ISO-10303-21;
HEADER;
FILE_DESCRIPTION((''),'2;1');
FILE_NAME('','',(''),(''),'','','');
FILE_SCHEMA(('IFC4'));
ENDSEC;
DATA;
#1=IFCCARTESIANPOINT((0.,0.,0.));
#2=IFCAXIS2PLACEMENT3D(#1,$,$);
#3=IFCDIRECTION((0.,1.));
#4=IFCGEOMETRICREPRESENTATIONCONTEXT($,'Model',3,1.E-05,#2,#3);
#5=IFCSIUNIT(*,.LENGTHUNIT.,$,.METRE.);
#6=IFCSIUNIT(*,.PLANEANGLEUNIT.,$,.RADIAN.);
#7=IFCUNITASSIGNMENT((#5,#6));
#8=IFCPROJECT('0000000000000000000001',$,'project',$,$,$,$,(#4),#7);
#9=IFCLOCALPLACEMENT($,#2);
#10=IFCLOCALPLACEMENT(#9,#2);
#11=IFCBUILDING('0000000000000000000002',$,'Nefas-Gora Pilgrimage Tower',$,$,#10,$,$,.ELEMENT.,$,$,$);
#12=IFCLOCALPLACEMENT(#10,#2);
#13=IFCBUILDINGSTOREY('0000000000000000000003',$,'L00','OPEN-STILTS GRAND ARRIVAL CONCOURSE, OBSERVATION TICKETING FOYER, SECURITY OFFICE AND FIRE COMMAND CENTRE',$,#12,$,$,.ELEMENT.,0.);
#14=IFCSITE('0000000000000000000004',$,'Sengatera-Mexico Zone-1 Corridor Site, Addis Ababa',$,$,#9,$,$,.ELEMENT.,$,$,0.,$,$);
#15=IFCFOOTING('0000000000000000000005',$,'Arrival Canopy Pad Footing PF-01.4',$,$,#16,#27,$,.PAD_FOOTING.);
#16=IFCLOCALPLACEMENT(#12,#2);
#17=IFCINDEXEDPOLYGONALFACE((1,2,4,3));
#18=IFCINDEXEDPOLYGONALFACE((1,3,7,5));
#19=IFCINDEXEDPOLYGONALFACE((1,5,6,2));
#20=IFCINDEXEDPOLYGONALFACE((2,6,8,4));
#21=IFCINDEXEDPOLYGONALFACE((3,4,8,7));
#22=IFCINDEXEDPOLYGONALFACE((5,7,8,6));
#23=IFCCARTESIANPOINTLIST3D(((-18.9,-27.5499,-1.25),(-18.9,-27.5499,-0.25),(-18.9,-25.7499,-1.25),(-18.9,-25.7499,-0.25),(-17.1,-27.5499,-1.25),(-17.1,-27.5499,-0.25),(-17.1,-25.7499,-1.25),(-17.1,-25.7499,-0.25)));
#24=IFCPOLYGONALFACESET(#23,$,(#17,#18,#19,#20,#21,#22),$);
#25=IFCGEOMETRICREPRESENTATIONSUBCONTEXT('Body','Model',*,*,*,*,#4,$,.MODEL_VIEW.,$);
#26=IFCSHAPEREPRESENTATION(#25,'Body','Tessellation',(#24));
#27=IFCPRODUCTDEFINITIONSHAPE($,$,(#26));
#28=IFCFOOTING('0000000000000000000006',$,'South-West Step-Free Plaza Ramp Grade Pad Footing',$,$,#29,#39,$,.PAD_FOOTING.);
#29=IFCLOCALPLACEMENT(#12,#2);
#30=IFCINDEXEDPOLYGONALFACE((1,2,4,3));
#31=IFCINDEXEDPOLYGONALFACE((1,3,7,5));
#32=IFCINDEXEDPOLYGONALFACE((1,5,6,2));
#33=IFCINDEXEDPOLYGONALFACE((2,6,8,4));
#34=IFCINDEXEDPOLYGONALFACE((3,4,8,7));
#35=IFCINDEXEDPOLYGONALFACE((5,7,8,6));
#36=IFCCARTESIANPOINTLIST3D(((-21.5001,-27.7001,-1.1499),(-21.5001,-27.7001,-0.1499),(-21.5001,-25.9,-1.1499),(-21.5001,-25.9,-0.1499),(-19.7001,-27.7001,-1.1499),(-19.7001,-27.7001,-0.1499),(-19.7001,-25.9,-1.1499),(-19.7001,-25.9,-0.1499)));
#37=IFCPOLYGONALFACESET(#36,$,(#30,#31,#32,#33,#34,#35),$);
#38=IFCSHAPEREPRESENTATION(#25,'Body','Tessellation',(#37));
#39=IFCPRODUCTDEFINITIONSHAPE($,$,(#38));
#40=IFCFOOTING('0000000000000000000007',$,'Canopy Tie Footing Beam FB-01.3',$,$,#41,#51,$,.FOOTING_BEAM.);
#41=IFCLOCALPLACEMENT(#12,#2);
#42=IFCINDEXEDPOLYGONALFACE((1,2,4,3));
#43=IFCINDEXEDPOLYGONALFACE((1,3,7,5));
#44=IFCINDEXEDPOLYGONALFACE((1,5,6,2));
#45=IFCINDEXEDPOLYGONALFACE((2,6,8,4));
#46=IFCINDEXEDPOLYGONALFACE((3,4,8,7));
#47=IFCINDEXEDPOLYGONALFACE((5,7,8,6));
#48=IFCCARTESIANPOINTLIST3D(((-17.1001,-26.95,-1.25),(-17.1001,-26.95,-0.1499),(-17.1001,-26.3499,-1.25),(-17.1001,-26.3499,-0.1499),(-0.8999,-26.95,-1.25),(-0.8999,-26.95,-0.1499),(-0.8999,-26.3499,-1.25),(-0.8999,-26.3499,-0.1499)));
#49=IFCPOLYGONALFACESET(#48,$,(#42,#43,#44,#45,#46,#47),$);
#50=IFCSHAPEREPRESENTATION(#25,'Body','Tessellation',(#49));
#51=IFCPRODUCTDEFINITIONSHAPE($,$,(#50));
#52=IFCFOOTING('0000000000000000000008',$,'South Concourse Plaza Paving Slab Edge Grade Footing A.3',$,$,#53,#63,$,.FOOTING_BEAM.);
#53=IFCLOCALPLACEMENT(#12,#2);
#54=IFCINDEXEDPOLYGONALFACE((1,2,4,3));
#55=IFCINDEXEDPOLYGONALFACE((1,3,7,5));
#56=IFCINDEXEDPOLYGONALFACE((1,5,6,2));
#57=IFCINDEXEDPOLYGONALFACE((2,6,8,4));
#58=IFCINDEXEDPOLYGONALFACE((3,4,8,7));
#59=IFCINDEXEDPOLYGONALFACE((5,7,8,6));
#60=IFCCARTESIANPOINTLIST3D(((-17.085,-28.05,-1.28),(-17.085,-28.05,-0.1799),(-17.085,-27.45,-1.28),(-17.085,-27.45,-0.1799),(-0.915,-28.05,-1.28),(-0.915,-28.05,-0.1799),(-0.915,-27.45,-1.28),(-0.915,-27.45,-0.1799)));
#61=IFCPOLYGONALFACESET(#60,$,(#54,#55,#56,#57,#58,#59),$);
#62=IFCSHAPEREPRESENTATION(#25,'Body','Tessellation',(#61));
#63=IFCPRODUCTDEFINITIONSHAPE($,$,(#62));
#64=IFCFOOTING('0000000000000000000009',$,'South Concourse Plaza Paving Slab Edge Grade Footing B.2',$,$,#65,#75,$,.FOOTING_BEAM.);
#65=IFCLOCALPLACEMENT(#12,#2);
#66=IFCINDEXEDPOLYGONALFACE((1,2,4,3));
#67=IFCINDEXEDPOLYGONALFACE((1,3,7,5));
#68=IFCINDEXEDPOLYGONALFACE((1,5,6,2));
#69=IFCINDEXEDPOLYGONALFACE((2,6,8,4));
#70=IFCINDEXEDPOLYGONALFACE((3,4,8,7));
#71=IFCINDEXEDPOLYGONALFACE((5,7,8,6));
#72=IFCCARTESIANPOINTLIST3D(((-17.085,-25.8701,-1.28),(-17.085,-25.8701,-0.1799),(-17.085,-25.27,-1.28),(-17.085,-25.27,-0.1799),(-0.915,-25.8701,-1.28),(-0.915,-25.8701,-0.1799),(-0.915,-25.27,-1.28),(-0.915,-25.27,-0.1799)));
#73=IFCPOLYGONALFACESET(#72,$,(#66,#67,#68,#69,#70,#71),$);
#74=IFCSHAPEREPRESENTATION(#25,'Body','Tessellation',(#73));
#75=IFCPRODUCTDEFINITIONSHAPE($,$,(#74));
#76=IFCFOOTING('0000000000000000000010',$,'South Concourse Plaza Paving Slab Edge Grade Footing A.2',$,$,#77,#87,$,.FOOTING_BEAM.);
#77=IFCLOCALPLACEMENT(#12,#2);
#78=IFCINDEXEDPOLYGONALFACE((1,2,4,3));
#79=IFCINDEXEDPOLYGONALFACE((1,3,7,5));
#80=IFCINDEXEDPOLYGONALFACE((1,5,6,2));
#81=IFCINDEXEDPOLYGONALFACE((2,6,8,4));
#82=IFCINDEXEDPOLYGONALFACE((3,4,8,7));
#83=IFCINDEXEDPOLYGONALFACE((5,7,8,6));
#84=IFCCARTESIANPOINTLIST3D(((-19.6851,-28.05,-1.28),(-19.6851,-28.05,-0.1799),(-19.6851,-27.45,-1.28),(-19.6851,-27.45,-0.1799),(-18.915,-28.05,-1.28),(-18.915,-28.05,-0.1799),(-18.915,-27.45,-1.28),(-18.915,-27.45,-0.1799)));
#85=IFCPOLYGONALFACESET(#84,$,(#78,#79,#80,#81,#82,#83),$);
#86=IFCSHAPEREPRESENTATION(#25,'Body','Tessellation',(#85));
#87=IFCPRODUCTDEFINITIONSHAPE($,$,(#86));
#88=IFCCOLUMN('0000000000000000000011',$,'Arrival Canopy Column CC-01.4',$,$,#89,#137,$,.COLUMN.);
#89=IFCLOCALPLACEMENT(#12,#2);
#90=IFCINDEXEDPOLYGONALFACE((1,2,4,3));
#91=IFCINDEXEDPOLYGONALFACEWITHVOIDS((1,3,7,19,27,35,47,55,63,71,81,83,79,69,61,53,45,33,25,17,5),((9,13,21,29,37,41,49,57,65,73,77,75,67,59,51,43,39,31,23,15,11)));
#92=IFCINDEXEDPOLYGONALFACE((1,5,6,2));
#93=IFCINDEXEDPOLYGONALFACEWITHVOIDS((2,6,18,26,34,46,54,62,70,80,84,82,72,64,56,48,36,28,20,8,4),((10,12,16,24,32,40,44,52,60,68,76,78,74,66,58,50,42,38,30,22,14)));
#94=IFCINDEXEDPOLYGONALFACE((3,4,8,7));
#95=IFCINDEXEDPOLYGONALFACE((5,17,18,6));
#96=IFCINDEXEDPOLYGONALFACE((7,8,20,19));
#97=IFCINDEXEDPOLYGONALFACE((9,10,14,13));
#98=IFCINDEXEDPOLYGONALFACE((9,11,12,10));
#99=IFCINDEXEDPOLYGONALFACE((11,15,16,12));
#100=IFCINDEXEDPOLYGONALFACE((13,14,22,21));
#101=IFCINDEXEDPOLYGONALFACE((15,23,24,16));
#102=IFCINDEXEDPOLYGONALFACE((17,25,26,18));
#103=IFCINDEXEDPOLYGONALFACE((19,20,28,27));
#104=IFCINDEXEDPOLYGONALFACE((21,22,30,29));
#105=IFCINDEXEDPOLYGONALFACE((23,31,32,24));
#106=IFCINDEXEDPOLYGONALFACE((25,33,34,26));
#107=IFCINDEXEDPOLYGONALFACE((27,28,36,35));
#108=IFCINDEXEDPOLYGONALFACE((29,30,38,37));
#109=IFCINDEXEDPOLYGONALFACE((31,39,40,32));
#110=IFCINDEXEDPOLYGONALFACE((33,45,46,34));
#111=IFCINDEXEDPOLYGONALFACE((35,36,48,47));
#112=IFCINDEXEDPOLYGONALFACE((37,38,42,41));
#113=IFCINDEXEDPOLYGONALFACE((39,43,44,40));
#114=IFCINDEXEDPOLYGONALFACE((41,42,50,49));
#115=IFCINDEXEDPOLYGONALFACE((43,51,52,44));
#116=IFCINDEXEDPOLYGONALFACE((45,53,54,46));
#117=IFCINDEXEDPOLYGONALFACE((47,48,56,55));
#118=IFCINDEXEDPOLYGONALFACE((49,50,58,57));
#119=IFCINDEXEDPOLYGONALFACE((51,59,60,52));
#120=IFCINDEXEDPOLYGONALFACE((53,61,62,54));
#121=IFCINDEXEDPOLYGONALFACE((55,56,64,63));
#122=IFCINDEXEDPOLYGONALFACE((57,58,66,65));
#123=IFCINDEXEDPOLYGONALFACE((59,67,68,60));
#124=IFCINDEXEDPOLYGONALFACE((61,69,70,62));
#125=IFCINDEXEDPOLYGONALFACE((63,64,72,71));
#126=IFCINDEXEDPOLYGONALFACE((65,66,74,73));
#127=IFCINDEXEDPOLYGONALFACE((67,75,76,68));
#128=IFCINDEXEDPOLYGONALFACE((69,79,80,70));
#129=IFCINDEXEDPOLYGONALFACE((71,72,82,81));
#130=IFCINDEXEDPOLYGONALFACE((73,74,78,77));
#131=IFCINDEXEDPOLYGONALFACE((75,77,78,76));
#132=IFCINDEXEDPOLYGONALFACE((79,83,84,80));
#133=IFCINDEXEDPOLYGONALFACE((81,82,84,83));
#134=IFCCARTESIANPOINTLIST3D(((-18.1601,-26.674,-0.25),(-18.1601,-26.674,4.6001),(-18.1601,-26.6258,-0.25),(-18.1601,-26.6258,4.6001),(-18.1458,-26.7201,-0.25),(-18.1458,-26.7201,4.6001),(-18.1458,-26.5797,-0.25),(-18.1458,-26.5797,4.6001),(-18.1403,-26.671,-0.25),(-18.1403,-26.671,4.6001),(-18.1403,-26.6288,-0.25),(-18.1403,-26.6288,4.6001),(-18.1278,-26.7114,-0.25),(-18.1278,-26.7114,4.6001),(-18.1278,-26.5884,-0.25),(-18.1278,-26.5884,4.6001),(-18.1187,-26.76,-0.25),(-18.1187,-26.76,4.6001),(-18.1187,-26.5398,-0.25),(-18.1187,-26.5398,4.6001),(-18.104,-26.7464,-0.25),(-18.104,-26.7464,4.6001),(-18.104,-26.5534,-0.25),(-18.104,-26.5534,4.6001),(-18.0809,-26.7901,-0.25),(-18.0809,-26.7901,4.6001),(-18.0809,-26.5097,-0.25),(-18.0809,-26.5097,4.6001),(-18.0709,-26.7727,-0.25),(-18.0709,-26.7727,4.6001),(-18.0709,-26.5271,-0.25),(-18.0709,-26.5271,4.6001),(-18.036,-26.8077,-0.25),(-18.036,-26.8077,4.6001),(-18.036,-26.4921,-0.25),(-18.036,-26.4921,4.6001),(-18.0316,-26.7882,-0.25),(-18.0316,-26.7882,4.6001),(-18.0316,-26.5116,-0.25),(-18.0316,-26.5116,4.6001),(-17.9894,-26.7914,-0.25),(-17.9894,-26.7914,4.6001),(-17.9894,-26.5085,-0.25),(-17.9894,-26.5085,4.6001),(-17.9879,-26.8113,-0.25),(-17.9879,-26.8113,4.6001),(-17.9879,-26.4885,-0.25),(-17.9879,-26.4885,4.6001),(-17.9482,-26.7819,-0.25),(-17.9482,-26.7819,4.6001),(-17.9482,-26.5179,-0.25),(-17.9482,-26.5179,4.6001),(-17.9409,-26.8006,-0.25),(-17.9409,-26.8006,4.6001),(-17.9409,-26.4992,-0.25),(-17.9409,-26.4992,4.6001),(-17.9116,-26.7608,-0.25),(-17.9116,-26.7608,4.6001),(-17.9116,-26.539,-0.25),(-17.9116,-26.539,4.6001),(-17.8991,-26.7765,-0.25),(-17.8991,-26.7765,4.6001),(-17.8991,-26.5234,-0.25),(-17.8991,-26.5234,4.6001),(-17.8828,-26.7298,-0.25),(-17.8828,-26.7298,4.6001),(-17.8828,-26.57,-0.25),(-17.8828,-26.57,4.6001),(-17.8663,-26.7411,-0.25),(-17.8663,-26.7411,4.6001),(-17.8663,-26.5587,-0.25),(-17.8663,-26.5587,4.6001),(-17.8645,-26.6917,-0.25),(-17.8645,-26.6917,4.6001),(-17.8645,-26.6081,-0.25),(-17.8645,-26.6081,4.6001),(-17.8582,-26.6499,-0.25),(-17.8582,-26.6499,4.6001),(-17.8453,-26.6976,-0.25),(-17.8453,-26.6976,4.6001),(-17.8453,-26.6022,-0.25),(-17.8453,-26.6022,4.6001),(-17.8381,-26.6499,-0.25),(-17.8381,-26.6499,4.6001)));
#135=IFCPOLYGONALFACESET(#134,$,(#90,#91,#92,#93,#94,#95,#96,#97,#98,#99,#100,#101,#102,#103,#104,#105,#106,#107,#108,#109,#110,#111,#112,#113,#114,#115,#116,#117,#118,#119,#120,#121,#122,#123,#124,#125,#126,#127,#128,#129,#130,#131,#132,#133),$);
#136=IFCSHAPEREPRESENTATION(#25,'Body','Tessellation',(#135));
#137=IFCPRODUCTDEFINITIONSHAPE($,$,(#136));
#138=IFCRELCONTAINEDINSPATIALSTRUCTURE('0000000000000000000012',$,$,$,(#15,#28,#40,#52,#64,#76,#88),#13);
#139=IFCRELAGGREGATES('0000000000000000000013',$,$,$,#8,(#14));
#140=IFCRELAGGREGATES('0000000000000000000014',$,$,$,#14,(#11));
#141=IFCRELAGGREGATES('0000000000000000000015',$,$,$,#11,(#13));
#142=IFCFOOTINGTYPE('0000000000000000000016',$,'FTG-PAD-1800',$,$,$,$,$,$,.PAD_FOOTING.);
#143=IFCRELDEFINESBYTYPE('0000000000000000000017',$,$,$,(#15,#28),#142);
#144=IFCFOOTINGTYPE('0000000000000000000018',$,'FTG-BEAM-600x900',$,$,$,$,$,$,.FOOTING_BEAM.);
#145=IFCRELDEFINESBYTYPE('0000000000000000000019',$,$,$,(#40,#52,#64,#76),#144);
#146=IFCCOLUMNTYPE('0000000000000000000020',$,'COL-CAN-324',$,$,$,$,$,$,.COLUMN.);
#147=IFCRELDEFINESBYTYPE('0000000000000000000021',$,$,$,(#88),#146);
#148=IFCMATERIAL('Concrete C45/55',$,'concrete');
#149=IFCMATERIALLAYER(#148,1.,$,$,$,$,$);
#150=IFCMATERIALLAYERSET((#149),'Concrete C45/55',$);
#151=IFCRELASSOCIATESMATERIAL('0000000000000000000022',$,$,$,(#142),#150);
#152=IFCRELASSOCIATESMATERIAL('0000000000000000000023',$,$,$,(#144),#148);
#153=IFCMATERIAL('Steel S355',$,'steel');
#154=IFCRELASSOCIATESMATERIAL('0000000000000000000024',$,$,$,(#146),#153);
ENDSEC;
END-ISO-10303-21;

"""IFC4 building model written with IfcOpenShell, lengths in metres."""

from ifc_helpers import new_model, si_unit, direction, frame, origin, origin_2d, place, context, subcontext, project, spatial, rectangle, hollow_circle, extrude, source, transform, mapped, material, layer, layer_set, material_profile, profile_set, type_object, element, save


model = new_model("IFC4")

# Units and contexts
model_context = context("Model", 3, precision=1e-05, world=origin(), true_north=direction((0.0, 1.0)))
body_context = subcontext(model_context, "Body", "Model", "MODEL_VIEW")
ifc_project = project(units=[si_unit("LENGTHUNIT", "METRE"), si_unit("PLANEANGLEUNIT", "RADIAN")], contexts=[model_context])

# Site, building, storey
site_placement = place(None, origin())
site = spatial("IfcSite", under=ifc_project, at=site_placement, Name="Sengatera-Mexico Zone-1 Corridor Site, Addis Ababa", CompositionType="ELEMENT", RefElevation=0.0)
building_placement = place(site_placement, origin())
building = spatial("IfcBuilding", under=site, at=building_placement, Name="Nefas-Gora Pilgrimage Tower", CompositionType="ELEMENT")
storey_placement = place(building_placement, origin())
storey = spatial("IfcBuildingStorey", under=building, at=storey_placement, Name="L00", Description="OPEN-STILTS GRAND ARRIVAL CONCOURSE, OBSERVATION TICKETING FOYER, SECURITY OFFICE AND FIRE COMMAND CENTRE", CompositionType="ELEMENT", Elevation=0.0)

# Footings
ifc_material_1 = material(Name="Concrete C45/55", Category="concrete")
ifc_layer_1 = layer(ifc_material_1, 1.0)
ifc_layer_set_1 = layer_set([ifc_layer_1], Name="Concrete C45/55")
footing_type_1 = type_object("IfcFootingType", Name="FTG-PAD-1800", PredefinedType="PAD_FOOTING", material=ifc_layer_set_1)
shared_shape_1 = source(origin(), body_context, "Body", "SweptSolid", [
    extrude(rectangle(XDim=1.8, YDim=1.8, at=origin_2d()), origin(), (0.0, 0.0, 1.0), 1.0),
])
for number, where, z_axis, x_axis, name in (
    (1, (-18.0, -26.6499, -1.25), (0.0, 0.0, 1.0), (1.0, 0.0, 0.0), "Arrival Canopy Pad Footing PF-01.4"),
    (2, (-20.6001, -26.8, -1.1499), (0.0, 0.0, 1.0), (1.0, 0.0, 0.0), "South-West Step-Free Plaza Ramp Grade Pad Footing"),
):
    element("IfcFooting", number, at=place(storey_placement, frame(where, z_axis=z_axis, x_axis=x_axis)), inside=storey, type_object=footing_type_1, Name=name, PredefinedType="PAD_FOOTING", context=body_context, shape_type="MappedRepresentation", body=[
        mapped(shared_shape_1, transform((0.0, 0.0, 0.0), x_axis=(1.0, 0.0, 0.0), y_axis=(0.0, 1.0, 0.0), z_axis=(0.0, 0.0, 1.0), scale=1.0)),
    ])
ifc_material_profile_1 = material_profile(ifc_material_1, rectangle(XDim=0.6001, YDim=1.1001, at=origin_2d()), Name="RC 600x1100")
ifc_profile_set_1 = profile_set([ifc_material_profile_1], Name="Concrete C45/55")
footing_type_2 = type_object("IfcFootingType", Name="FTG-BEAM-600x900", PredefinedType="FOOTING_BEAM", material=ifc_profile_set_1)
shared_shape_2 = source(origin(), body_context, "Body", "SweptSolid", [
    extrude(rectangle(XDim=0.6001, YDim=1.1001, at=origin_2d()), origin(), (0.0, 0.0, 1.0), 16.2002),
])
footing_1_placement = place(storey_placement, frame((-17.1001, -26.6499, -0.7), z_axis=(1.0, 0.0, 0.0), x_axis=(0.0, 1.0, 0.0)))
element("IfcFooting", 3, at=footing_1_placement, inside=storey, type_object=footing_type_2, Name="Canopy Tie Footing Beam FB-01.3", PredefinedType="FOOTING_BEAM", context=body_context, shape_type="MappedRepresentation", body=[
    mapped(shared_shape_2, transform((0.0, 0.0, 0.0), x_axis=(1.0, 0.0, 0.0), y_axis=(0.0, 1.0, 0.0), z_axis=(0.0, 0.0, 1.0), scale=1.0)),
])
shared_shape_3 = source(origin(), body_context, "Body", "SweptSolid", [
    extrude(rectangle(XDim=0.6001, YDim=1.1001, at=origin_2d()), origin(), (0.0, 0.0, 1.0), 16.1699),
])
for number, where, z_axis, x_axis, name in (
    (4, (-17.085, -27.75, -0.73), (1.0, 0.0, 0.0), (0.0, 1.0, 0.0), "South Concourse Plaza Paving Slab Edge Grade Footing A.3"),
    (5, (-17.085, -25.5701, -0.73), (1.0, 0.0, 0.0), (0.0, 1.0, 0.0), "South Concourse Plaza Paving Slab Edge Grade Footing B.2"),
):
    element("IfcFooting", number, at=place(storey_placement, frame(where, z_axis=z_axis, x_axis=x_axis)), inside=storey, type_object=footing_type_2, Name=name, PredefinedType="FOOTING_BEAM", context=body_context, shape_type="MappedRepresentation", body=[
        mapped(shared_shape_3, transform((0.0, 0.0, 0.0), x_axis=(1.0, 0.0, 0.0), y_axis=(0.0, 1.0, 0.0), z_axis=(0.0, 0.0, 1.0), scale=1.0)),
    ])
shared_shape_4 = source(origin(), body_context, "Body", "SweptSolid", [
    extrude(rectangle(XDim=0.6001, YDim=1.1001, at=origin_2d()), origin(), (0.0, 0.0, 1.0), 0.77),
])
footing_2_placement = place(storey_placement, frame((-19.6851, -27.75, -0.73), z_axis=(1.0, 0.0, 0.0), x_axis=(0.0, 1.0, 0.0)))
element("IfcFooting", 6, at=footing_2_placement, inside=storey, type_object=footing_type_2, Name="South Concourse Plaza Paving Slab Edge Grade Footing A.2", PredefinedType="FOOTING_BEAM", context=body_context, shape_type="MappedRepresentation", body=[
    mapped(shared_shape_4, transform((0.0, 0.0, 0.0), x_axis=(1.0, 0.0, 0.0), y_axis=(0.0, 1.0, 0.0), z_axis=(0.0, 0.0, 1.0), scale=1.0)),
])

# Column
ifc_material_2 = material(Name="Steel S355", Category="steel")
ifc_material_profile_2 = material_profile(ifc_material_2, hollow_circle(Radius=0.1619, WallThickness=0.02, at=origin_2d()), Name="CHS 323.9x20")
ifc_profile_set_2 = profile_set([ifc_material_profile_2], Name="Steel S355")
column_type_1 = type_object("IfcColumnType", Name="COL-CAN-324", PredefinedType="COLUMN", material=ifc_profile_set_2)
shared_shape_5 = source(origin(), body_context, "Body", "SweptSolid", [
    extrude(hollow_circle(Radius=0.1619, WallThickness=0.02, at=origin_2d()), origin(), (0.0, 0.0, 1.0), 4.8501),
])
column_placement = place(storey_placement, frame((-18.0, -26.6499, -0.25), z_axis=(0.0, 0.0, 1.0), x_axis=(1.0, 0.0, 0.0)))
element("IfcColumn", 7, at=column_placement, inside=storey, type_object=column_type_1, Name="Arrival Canopy Column CC-01.4", PredefinedType="COLUMN", context=body_context, shape_type="MappedRepresentation", body=[
    mapped(shared_shape_5, transform((0.0, 0.0, 0.0), x_axis=(1.0, 0.0, 0.0), y_axis=(0.0, 1.0, 0.0), z_axis=(0.0, 0.0, 1.0), scale=1.0)),
])

save(model, "model.ifc")
